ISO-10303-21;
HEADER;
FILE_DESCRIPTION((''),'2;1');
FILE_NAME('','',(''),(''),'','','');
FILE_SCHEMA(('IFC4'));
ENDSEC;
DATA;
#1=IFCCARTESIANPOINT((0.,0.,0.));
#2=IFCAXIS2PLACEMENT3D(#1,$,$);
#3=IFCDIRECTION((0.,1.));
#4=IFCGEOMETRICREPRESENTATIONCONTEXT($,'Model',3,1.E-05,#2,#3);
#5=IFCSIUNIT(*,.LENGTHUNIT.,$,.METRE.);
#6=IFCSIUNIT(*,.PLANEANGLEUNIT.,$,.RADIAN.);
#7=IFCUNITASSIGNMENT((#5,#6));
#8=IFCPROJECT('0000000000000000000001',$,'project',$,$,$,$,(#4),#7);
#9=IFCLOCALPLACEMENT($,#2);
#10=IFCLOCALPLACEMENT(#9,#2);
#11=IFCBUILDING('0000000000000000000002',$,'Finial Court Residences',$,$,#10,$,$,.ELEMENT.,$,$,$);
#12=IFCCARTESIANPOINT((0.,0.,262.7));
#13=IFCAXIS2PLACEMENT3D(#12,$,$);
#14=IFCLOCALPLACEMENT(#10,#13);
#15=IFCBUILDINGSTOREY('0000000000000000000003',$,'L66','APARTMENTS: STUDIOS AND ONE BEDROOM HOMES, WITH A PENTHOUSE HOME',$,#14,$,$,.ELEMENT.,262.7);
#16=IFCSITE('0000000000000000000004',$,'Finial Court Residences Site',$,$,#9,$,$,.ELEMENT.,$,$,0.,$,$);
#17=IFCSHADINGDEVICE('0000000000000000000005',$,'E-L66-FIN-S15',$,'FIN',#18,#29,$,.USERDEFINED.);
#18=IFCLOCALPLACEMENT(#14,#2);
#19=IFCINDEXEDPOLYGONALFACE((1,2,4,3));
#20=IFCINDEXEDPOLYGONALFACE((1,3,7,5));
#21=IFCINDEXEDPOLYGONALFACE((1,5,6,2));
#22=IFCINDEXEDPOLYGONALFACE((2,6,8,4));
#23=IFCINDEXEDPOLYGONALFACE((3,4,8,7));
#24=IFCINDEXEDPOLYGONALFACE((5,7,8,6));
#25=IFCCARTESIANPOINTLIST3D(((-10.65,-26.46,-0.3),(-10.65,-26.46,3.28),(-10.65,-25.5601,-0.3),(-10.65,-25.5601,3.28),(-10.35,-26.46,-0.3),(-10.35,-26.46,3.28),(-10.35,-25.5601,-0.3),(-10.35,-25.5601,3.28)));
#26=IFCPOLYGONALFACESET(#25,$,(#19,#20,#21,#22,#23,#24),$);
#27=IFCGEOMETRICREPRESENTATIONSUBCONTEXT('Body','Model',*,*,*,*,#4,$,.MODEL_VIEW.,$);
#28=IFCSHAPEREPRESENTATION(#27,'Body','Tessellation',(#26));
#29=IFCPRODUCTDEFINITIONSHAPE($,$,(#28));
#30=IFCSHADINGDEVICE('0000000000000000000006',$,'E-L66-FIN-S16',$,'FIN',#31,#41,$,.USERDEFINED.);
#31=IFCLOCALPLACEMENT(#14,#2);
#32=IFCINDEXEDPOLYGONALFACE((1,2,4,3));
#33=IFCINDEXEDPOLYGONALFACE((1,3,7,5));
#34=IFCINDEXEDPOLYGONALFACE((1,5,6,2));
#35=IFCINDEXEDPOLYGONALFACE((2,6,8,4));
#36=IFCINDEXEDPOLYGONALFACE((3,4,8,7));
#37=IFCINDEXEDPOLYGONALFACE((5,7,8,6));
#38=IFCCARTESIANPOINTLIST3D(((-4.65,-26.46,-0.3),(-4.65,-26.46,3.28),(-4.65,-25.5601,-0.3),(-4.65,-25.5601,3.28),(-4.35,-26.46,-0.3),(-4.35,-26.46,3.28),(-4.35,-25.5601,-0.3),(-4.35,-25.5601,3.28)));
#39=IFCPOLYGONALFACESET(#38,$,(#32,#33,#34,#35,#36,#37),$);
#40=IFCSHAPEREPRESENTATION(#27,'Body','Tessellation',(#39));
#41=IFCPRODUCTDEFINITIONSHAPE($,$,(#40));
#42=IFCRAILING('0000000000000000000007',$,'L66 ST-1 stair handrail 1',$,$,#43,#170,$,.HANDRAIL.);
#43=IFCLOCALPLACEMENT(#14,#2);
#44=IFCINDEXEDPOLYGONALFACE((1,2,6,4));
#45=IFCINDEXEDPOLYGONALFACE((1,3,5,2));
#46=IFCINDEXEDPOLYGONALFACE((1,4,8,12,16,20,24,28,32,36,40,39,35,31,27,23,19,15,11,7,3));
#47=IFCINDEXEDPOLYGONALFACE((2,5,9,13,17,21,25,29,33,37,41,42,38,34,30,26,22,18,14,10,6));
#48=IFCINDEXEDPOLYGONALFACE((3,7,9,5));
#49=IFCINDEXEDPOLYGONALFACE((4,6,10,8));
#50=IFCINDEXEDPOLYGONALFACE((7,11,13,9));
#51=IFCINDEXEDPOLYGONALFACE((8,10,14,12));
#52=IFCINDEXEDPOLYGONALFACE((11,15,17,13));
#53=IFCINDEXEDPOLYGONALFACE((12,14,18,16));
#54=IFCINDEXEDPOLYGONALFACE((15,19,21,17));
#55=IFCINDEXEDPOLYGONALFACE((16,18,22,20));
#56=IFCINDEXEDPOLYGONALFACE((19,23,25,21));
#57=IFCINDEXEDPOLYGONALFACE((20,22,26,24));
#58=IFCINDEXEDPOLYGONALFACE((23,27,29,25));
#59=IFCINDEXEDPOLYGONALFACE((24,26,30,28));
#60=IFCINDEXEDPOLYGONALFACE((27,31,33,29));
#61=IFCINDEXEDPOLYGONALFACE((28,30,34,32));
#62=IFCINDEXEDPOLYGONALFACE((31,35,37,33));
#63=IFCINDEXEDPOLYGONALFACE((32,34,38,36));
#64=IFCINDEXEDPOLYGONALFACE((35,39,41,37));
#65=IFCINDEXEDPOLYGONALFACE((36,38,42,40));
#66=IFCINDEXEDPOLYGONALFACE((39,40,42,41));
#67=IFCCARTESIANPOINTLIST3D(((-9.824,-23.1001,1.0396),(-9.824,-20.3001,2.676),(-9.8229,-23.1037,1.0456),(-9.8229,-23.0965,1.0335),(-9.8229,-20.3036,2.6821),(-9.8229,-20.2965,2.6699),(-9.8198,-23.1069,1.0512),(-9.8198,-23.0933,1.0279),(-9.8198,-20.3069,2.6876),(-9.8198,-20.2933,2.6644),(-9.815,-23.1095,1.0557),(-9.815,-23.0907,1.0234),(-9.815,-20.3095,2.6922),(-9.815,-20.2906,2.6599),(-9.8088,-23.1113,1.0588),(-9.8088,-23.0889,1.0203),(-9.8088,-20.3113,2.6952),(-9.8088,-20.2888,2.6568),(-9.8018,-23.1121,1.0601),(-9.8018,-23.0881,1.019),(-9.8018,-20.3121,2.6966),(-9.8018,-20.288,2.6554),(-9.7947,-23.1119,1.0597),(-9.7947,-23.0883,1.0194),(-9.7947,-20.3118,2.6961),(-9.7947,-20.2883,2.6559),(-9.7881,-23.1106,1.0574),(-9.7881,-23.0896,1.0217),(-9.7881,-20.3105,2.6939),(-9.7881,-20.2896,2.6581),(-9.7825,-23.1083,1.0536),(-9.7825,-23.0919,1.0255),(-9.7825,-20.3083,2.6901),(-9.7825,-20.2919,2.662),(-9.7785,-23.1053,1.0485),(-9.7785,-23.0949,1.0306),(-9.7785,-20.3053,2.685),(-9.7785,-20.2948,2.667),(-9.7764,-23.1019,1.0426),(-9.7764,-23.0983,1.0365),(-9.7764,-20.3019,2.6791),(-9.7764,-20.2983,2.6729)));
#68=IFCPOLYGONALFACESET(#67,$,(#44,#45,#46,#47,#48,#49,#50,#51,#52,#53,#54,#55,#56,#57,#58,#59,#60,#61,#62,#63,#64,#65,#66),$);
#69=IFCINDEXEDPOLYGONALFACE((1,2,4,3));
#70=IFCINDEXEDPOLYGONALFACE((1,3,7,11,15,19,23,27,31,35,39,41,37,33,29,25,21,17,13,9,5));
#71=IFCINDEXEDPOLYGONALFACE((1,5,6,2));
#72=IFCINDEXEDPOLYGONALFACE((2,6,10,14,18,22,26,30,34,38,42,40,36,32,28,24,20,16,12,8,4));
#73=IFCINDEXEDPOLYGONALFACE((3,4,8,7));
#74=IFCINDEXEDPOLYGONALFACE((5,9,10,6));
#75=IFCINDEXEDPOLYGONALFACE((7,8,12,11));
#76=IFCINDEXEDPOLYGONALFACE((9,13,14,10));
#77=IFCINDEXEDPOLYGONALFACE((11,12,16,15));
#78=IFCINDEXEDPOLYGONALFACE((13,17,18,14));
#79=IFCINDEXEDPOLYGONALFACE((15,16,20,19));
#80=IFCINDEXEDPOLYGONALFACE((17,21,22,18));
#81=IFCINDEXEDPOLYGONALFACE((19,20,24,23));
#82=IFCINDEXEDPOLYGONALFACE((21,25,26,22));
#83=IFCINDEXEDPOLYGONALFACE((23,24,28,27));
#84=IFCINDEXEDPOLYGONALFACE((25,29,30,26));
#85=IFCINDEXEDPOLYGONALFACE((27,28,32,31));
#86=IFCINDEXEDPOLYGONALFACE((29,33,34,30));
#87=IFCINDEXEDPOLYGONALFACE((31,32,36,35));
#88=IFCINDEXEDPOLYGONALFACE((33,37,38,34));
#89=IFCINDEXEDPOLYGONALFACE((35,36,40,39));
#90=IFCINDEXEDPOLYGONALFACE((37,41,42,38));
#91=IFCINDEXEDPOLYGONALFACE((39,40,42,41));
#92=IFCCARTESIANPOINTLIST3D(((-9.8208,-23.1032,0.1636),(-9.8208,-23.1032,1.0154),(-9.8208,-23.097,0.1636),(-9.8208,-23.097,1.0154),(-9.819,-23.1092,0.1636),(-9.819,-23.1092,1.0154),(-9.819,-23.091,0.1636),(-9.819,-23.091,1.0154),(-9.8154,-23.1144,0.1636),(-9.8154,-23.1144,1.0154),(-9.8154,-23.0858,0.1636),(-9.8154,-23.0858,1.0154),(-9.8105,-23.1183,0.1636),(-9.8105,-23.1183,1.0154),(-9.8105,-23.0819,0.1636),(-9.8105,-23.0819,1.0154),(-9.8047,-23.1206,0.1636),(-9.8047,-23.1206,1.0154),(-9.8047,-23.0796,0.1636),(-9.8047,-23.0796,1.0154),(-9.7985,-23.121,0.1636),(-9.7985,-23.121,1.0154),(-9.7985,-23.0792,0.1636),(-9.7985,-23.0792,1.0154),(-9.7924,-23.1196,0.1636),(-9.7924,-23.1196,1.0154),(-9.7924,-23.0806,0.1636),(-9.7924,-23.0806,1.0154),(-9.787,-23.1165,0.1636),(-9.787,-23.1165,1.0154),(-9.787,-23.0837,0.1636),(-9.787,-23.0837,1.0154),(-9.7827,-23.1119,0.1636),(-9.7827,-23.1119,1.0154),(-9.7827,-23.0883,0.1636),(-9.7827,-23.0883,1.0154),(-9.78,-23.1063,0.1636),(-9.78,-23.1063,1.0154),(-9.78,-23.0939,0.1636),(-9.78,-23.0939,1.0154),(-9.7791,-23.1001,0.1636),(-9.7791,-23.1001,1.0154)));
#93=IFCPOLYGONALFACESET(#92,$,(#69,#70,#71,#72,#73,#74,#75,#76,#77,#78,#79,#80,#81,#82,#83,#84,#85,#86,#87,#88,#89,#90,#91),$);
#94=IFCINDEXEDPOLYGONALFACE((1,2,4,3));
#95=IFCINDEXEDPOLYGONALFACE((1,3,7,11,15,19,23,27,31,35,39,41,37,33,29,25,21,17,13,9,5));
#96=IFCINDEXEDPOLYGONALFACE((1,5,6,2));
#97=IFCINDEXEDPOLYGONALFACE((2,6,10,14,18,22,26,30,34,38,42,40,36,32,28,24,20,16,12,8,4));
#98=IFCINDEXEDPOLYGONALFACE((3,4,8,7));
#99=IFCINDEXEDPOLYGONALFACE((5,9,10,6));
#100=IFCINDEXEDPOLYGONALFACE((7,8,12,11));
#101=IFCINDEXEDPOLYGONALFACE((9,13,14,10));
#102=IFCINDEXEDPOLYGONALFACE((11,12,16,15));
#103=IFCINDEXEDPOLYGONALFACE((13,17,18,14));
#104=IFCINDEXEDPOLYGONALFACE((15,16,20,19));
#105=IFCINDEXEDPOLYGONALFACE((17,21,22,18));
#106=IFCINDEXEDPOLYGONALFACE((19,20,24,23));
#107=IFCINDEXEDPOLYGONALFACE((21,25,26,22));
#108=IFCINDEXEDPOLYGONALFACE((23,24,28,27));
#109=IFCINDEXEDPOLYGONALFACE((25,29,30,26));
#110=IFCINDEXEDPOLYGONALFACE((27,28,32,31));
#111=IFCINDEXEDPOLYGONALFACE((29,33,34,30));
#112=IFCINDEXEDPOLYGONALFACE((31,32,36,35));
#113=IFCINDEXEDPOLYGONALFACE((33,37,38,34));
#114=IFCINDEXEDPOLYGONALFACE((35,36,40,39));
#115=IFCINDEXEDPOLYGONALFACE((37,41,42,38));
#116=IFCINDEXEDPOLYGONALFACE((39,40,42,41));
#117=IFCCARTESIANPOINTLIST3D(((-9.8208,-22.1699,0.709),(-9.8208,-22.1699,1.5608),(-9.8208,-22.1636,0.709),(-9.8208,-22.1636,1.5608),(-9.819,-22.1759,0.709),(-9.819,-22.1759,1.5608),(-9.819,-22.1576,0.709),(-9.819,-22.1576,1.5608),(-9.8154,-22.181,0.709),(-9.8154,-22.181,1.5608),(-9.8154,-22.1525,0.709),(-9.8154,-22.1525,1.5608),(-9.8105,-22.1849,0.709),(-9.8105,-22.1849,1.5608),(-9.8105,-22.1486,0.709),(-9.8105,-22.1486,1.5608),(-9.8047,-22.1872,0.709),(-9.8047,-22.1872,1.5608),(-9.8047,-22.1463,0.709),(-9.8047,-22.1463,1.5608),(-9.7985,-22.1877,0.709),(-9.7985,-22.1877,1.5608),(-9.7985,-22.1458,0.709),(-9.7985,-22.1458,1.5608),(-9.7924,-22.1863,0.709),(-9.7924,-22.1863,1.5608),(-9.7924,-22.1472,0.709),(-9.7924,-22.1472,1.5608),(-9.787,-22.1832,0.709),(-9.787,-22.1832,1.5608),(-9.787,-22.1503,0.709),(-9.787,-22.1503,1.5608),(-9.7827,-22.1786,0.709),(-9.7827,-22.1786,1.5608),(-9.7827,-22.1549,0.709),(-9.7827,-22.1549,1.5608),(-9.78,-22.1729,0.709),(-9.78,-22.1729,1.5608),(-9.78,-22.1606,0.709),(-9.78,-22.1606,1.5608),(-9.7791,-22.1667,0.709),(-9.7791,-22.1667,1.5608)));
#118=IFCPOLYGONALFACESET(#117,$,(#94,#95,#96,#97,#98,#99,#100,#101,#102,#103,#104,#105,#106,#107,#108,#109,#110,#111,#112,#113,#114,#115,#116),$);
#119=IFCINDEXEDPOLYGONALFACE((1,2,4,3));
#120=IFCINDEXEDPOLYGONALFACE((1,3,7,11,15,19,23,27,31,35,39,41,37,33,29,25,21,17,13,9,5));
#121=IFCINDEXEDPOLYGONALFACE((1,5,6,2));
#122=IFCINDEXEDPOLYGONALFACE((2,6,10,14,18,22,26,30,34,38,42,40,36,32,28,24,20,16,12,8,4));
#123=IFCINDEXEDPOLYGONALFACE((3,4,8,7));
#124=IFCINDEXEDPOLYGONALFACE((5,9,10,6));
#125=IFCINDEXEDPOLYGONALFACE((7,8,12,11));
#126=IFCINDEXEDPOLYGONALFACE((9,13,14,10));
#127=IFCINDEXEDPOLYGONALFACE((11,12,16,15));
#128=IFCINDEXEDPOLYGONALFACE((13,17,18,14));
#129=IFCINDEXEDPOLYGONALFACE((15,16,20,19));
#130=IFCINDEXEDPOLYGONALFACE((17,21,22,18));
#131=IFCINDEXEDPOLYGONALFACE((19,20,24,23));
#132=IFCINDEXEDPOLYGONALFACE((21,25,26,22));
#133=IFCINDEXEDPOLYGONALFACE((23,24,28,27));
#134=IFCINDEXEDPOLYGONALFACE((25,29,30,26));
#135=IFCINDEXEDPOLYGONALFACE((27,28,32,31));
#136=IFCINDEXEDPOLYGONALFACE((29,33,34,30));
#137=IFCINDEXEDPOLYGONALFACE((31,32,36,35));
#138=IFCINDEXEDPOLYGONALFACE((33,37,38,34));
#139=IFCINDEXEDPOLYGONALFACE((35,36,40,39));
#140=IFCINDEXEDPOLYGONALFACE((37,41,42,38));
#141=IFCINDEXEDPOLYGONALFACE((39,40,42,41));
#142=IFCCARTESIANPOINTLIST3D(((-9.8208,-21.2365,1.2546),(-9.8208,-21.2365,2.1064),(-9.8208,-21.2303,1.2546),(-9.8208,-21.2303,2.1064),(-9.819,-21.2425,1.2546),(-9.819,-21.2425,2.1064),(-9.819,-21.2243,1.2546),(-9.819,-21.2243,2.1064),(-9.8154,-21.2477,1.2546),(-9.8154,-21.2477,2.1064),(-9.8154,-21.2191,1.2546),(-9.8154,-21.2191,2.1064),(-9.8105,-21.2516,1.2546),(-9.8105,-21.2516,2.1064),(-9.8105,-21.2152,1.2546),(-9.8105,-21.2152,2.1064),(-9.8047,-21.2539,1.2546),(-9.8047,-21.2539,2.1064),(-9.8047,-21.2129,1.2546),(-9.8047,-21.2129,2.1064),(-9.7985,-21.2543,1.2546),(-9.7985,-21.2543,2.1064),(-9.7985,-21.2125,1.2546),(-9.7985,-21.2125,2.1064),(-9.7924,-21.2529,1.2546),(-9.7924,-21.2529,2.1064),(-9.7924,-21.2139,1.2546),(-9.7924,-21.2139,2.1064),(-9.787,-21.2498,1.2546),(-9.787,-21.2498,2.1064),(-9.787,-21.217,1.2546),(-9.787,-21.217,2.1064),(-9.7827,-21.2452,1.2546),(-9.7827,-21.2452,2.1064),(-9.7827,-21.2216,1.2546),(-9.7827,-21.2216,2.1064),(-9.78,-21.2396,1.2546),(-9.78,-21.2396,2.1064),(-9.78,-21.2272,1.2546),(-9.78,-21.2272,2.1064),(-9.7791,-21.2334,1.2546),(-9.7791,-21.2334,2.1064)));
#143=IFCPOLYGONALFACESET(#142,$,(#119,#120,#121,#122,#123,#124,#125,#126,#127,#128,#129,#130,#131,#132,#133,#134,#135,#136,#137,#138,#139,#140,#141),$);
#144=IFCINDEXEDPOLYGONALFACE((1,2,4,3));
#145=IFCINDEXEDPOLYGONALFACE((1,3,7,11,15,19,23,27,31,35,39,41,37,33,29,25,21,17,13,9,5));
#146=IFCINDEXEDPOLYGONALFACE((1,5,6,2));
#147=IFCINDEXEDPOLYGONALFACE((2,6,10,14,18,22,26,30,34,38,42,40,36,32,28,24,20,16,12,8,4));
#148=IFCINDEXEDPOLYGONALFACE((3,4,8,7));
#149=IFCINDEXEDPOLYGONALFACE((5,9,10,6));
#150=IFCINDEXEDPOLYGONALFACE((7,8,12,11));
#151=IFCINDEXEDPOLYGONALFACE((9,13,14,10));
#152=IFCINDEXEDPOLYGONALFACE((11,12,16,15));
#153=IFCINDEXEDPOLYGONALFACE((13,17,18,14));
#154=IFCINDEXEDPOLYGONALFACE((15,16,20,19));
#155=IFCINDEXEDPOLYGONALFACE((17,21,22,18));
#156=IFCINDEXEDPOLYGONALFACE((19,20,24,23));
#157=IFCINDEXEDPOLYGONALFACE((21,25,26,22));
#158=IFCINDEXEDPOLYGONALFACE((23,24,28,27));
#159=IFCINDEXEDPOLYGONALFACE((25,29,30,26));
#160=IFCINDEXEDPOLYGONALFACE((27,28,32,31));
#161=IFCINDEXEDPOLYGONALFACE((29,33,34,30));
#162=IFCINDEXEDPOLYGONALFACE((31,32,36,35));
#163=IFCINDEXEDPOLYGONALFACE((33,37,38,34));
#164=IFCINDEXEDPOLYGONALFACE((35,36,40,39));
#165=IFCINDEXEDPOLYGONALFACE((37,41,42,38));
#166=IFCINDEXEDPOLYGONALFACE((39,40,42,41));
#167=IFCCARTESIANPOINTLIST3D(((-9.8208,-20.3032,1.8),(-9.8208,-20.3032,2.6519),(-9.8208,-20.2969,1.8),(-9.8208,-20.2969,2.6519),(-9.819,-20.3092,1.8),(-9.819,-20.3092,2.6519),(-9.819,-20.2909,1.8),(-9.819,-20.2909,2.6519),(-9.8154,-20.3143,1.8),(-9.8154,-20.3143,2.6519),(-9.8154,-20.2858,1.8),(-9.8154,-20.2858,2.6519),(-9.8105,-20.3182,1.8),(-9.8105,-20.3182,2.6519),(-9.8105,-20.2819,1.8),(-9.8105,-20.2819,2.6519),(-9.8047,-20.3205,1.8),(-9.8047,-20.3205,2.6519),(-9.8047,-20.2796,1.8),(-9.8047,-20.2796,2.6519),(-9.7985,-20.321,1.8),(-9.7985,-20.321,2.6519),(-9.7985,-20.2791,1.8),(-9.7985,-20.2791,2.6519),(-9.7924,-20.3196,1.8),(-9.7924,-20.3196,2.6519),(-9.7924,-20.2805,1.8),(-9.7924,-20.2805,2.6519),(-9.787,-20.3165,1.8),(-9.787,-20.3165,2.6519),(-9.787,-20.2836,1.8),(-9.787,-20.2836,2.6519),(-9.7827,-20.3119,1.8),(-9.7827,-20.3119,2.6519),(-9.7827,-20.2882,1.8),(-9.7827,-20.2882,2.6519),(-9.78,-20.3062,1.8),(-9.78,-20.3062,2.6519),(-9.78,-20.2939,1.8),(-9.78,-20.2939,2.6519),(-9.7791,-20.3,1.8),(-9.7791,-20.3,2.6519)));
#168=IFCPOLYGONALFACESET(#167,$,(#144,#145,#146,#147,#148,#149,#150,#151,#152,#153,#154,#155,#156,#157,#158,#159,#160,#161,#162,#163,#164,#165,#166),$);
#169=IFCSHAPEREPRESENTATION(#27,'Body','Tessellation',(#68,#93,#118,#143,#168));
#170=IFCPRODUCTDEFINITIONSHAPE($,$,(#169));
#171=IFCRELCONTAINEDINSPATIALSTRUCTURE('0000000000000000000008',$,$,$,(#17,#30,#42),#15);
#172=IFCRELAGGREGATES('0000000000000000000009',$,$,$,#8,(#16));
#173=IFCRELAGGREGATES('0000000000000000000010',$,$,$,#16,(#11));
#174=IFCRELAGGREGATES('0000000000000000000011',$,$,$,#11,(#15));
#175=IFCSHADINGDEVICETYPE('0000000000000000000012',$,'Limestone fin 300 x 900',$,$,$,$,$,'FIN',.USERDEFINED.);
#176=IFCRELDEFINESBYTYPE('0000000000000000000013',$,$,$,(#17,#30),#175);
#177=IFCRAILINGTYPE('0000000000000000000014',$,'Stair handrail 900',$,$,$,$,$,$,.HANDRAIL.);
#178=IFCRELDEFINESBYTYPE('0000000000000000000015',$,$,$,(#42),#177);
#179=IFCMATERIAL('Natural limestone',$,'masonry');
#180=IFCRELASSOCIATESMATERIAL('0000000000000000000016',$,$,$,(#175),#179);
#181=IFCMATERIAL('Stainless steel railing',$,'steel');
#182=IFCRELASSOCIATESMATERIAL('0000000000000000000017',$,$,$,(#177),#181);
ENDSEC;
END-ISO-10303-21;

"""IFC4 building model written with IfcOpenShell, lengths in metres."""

from ifc_helpers import new_model, si_unit, direction, frame, origin, origin_2d, place, context, subcontext, project, spatial, rectangle, circle, extrude, material, type_object, element, save


model = new_model("IFC4")

# Units and contexts
model_context = context("Model", 3, precision=1e-05, world=origin(), true_north=direction((0.0, 1.0)))
body_context = subcontext(model_context, "Body", "Model", "MODEL_VIEW")
ifc_project = project(units=[si_unit("LENGTHUNIT", "METRE"), si_unit("PLANEANGLEUNIT", "RADIAN")], contexts=[model_context])

# Site, building, storey
site_placement = place(None, origin())
site = spatial("IfcSite", under=ifc_project, at=site_placement, Name="Finial Court Residences Site", CompositionType="ELEMENT", RefElevation=0.0)
building_placement = place(site_placement, origin())
building = spatial("IfcBuilding", under=site, at=building_placement, Name="Finial Court Residences", CompositionType="ELEMENT")
storey_placement = place(building_placement, frame((0.0, 0.0, 262.7)))
storey = spatial("IfcBuildingStorey", under=building, at=storey_placement, Name="L66", Description="APARTMENTS: STUDIOS AND ONE BEDROOM HOMES, WITH A PENTHOUSE HOME", CompositionType="ELEMENT", Elevation=262.7)

# Shading devices
ifc_material_1 = material(Name="Natural limestone", Category="masonry")
shading_device_type = type_object("IfcShadingDeviceType", Name="Limestone fin 300 x 900", ElementType="FIN", PredefinedType="USERDEFINED", material=ifc_material_1)
for number, where, z_axis, x_axis, name in (
    (1, (-10.5, -26.01, -0.3), (0.0, 0.0, 1.0), (1.0, 0.0, 0.0), "E-L66-FIN-S15"),
    (2, (-4.5, -26.01, -0.3), (0.0, 0.0, 1.0), (1.0, 0.0, 0.0), "E-L66-FIN-S16"),
):
    element("IfcShadingDevice", number, at=place(storey_placement, frame(where, z_axis=z_axis, x_axis=x_axis)), inside=storey, type_object=shading_device_type, Name=name, ObjectType="FIN", PredefinedType="USERDEFINED", context=body_context, shape_type="SweptSolid", body=[
        extrude(rectangle(XDim=0.3, YDim=0.8999, at=origin_2d()), origin(), (0.0, 0.0, 1.0), 3.5801),
    ])

# Railing
ifc_material_2 = material(Name="Stainless steel railing", Category="steel")
railing_type_1 = type_object("IfcRailingType", Name="Stair handrail 900", PredefinedType="HANDRAIL", material=ifc_material_2)
railing_1_placement = place(storey_placement, frame((-9.8, -23.1001, 0.1636)))
element("IfcRailing", 3, at=railing_1_placement, inside=storey, type_object=railing_type_1, Name="L66 ST-1 stair handrail 1", PredefinedType="HANDRAIL", context=body_context, shape_type="SweptSolid", body=[
    extrude(circle(Radius=0.0239, at=origin_2d()), frame((0.0, 0.0, 0.876), z_axis=(0.0, 0.863361, 0.504587), x_axis=(-1.0, 0.0, 0.0)), (0.0, 0.0, 1.0), 3.2432),
    extrude(circle(Radius=0.021, at=origin_2d()), origin(), (0.0, 0.0, 1.0), 0.8518),
    extrude(circle(Radius=0.021, at=origin_2d()), frame((0.0, 0.9333, 0.5454)), (0.0, 0.0, 1.0), 0.8518),
    extrude(circle(Radius=0.021, at=origin_2d()), frame((0.0, 1.8667, 1.0911)), (0.0, 0.0, 1.0), 0.8518),
    extrude(circle(Radius=0.021, at=origin_2d()), frame((0.0, 2.8, 1.6365)), (0.0, 0.0, 1.0), 0.8518),
])

save(model, "model.ifc")
